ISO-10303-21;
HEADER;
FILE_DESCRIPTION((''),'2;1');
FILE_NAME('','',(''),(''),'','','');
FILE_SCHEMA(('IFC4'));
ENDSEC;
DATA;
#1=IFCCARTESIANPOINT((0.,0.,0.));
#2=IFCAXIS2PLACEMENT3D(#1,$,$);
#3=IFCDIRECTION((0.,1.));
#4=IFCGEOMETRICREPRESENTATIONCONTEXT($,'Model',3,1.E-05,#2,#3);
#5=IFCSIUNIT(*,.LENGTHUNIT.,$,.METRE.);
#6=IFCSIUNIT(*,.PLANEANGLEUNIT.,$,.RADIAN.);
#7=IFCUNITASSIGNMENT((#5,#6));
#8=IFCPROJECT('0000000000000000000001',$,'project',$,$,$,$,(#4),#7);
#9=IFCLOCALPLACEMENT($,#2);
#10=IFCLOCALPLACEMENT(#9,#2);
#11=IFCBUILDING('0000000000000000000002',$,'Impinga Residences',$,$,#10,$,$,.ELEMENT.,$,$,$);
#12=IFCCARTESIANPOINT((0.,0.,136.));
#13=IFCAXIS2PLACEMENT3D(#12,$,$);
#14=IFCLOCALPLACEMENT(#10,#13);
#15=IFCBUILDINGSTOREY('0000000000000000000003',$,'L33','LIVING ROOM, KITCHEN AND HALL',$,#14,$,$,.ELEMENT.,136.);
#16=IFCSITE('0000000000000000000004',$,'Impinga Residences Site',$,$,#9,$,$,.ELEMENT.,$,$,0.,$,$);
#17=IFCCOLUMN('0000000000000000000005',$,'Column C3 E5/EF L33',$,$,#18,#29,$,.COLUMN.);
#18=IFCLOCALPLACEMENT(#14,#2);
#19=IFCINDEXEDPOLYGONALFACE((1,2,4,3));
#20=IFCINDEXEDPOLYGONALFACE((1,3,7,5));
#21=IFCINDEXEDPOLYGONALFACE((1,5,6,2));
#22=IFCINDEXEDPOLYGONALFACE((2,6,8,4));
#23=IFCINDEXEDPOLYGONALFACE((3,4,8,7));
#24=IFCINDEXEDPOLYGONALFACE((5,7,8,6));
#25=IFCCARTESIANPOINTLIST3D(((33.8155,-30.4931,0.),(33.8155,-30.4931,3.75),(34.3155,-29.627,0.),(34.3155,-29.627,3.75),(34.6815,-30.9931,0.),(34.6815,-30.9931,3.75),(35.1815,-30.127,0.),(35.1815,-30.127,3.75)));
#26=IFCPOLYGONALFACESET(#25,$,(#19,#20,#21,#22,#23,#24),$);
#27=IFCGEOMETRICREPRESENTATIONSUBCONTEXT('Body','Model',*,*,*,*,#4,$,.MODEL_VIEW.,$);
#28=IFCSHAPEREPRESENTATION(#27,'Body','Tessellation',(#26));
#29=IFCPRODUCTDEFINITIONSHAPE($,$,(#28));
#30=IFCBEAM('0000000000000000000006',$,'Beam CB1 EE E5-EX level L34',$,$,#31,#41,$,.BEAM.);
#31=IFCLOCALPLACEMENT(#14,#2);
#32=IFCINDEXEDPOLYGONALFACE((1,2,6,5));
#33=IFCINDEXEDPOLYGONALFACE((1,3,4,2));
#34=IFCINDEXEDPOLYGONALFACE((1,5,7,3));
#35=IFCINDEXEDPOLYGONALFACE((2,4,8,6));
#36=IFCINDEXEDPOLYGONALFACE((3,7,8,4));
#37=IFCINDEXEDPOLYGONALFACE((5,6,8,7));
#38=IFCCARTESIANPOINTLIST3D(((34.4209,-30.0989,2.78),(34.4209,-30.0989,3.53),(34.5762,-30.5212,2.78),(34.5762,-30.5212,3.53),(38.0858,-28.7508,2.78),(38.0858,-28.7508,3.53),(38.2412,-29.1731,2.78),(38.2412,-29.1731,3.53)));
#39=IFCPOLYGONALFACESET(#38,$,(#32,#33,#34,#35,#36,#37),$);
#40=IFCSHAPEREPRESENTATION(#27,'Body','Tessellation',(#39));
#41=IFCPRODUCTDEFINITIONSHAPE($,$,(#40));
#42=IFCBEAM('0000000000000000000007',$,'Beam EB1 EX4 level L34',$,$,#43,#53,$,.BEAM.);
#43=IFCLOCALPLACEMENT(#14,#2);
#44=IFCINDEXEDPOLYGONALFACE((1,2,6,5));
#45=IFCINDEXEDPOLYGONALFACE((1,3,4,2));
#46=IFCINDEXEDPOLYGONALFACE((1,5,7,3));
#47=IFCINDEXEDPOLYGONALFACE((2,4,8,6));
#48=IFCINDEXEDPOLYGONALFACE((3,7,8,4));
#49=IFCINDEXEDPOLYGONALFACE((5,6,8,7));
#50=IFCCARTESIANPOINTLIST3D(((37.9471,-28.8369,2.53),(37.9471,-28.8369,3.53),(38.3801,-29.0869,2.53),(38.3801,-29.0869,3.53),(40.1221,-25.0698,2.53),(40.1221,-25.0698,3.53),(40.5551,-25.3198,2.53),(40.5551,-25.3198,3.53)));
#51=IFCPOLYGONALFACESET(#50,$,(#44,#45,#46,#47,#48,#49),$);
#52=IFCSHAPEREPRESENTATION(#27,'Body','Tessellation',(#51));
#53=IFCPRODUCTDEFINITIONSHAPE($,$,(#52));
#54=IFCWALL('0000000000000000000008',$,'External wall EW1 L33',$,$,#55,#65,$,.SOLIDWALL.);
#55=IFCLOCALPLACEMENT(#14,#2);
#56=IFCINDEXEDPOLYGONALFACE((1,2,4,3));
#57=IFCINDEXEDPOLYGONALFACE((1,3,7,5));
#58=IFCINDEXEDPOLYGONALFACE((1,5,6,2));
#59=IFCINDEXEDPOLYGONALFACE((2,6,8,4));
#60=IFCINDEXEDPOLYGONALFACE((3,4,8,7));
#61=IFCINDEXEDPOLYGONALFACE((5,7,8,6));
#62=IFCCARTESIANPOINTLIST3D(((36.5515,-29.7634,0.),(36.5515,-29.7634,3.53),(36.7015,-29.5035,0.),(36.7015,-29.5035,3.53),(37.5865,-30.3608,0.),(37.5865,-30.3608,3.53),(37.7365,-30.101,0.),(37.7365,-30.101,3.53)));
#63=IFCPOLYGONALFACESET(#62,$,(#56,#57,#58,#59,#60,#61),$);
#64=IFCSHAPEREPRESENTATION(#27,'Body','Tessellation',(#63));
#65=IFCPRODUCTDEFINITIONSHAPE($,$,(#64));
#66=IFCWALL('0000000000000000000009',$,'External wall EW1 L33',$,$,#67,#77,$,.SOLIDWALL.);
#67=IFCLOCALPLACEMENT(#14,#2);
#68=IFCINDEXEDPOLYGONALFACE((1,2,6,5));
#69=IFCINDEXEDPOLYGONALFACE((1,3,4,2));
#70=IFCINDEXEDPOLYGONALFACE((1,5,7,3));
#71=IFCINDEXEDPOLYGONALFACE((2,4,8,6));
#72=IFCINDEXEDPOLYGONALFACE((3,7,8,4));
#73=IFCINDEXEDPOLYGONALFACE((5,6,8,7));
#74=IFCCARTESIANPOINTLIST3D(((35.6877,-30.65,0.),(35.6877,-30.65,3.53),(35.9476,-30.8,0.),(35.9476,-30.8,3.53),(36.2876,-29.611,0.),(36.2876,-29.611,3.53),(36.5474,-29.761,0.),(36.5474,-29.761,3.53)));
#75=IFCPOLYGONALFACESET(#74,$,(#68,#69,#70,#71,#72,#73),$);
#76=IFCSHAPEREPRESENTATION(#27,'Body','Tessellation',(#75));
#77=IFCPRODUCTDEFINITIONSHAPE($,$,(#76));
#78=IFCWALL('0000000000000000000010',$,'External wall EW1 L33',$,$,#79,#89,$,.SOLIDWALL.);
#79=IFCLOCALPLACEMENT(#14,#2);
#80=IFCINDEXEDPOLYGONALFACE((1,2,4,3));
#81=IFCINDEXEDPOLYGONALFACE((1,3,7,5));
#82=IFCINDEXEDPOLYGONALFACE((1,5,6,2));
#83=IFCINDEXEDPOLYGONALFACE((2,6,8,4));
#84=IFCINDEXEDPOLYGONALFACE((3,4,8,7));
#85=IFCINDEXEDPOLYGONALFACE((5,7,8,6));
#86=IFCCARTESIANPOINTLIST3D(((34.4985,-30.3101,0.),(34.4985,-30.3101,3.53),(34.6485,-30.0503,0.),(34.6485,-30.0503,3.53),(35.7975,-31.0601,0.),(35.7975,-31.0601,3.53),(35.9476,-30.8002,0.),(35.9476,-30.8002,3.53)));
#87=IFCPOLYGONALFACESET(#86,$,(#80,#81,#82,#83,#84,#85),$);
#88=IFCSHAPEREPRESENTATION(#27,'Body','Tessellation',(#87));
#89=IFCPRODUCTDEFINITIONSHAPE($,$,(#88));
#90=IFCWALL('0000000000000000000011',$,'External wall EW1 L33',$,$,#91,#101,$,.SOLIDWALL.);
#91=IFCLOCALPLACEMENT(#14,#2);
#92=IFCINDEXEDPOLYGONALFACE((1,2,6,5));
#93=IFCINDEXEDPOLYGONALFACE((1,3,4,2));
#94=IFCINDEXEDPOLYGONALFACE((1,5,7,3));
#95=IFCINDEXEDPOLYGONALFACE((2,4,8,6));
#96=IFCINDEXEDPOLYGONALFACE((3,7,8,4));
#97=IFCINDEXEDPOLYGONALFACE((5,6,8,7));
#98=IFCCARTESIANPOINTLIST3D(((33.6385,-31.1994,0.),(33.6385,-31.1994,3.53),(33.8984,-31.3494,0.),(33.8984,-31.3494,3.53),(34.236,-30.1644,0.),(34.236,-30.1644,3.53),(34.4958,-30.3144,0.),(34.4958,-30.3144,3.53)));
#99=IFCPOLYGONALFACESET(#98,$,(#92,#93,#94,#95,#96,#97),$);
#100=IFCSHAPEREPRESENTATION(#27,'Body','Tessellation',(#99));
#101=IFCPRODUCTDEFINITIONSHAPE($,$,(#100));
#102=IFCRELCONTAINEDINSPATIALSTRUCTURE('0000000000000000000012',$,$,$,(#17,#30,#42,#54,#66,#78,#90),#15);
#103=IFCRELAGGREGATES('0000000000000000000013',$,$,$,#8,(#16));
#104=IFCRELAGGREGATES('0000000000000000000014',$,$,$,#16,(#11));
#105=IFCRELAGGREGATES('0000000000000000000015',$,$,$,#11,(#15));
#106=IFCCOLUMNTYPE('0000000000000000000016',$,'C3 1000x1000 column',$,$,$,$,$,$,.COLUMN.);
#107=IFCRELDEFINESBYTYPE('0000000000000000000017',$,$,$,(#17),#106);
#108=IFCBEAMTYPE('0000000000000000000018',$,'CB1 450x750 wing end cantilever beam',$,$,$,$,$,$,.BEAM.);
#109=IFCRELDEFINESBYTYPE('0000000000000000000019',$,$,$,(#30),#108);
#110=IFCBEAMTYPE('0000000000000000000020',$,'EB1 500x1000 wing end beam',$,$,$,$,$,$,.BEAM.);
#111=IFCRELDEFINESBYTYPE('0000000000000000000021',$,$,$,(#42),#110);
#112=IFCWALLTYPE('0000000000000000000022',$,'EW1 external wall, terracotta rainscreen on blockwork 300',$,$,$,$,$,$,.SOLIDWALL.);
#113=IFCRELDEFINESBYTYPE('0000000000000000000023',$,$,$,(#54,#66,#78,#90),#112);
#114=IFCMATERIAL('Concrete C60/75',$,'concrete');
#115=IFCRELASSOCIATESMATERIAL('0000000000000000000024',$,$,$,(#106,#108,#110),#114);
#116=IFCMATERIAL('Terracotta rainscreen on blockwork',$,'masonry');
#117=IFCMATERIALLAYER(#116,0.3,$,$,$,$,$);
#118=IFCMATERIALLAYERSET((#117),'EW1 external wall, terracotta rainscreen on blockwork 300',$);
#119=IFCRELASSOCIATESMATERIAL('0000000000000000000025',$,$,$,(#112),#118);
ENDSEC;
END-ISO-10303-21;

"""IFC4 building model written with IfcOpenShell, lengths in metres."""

from ifc_helpers import new_model, si_unit, direction, frame, frame_2d, origin, origin_2d, place, context, subcontext, project, spatial, rectangle, extrude, material, layer, layer_set, material_profile, profile_set, type_object, element, save


model = new_model("IFC4")

# Units and contexts
model_context = context("Model", 3, precision=1e-05, world=origin(), true_north=direction((0.0, 1.0)))
body_context = subcontext(model_context, "Body", "Model", "MODEL_VIEW")
ifc_project = project(units=[si_unit("LENGTHUNIT", "METRE"), si_unit("PLANEANGLEUNIT", "RADIAN")], contexts=[model_context])

# Site, building, storey
site_placement = place(None, origin())
site = spatial("IfcSite", under=ifc_project, at=site_placement, Name="Impinga Residences Site", CompositionType="ELEMENT", RefElevation=0.0)
building_placement = place(site_placement, origin())
building = spatial("IfcBuilding", under=site, at=building_placement, Name="Impinga Residences", CompositionType="ELEMENT")
storey_placement = place(building_placement, frame((0.0, 0.0, 136.0)))
storey = spatial("IfcBuildingStorey", under=building, at=storey_placement, Name="L33", Description="LIVING ROOM, KITCHEN AND HALL", CompositionType="ELEMENT", Elevation=136.0)

# Column
ifc_material_1 = material(Name="Concrete C60/75", Category="concrete")
ifc_material_profile_1 = material_profile(ifc_material_1, rectangle(XDim=1.0, YDim=1.0, at=origin_2d()), Name="RC 1000x1000")
ifc_profile_set_1 = profile_set([ifc_material_profile_1], Name="Concrete C60/75")
column_type = type_object("IfcColumnType", Name="C3 1000x1000 column", PredefinedType="COLUMN", material=ifc_profile_set_1)
column_placement = place(storey_placement, frame((34.4985, -30.3101, 0.0), z_axis=(0.0, 0.0, 1.0), x_axis=(-0.5, -0.866025, 0.0)))
element("IfcColumn", 1, at=column_placement, inside=storey, type_object=column_type, Name="Column C3 E5/EF L33", PredefinedType="COLUMN", context=body_context, shape_type="SweptSolid", body=[
    extrude(rectangle(XDim=1.0, YDim=1.0, at=origin_2d()), origin(), (0.0, 0.0, 1.0), 3.75),
])

# Beams
ifc_material_profile_2 = material_profile(ifc_material_1, rectangle(XDim=0.45, YDim=0.75, at=origin_2d()), Name="RC 450x750")
ifc_profile_set_2 = profile_set([ifc_material_profile_2], Name="Concrete C60/75")
beam_type_1 = type_object("IfcBeamType", Name="CB1 450x750 wing end cantilever beam", PredefinedType="BEAM", material=ifc_profile_set_2)
beam_1_placement = place(storey_placement, frame((34.4985, -30.3101, 3.155), z_axis=(0.93852, 0.345224, 0.0), x_axis=(-0.345224, 0.93852, 0.0)))
element("IfcBeam", 2, at=beam_1_placement, inside=storey, type_object=beam_type_1, Name="Beam CB1 EE E5-EX level L34", PredefinedType="BEAM", context=body_context, shape_type="SweptSolid", body=[
    extrude(rectangle(XDim=0.45, YDim=0.75, at=origin_2d()), origin(), (0.0, 0.0, 1.0), 3.905),
])
ifc_material_profile_3 = material_profile(ifc_material_1, rectangle(XDim=0.5, YDim=1.0, at=origin_2d()), Name="RC 500x1000")
ifc_profile_set_3 = profile_set([ifc_material_profile_3], Name="Concrete C60/75")
beam_type_2 = type_object("IfcBeamType", Name="EB1 500x1000 wing end beam", PredefinedType="BEAM", material=ifc_profile_set_3)
beam_2_placement = place(storey_placement, frame((40.3386, -25.1948, 3.03), z_axis=(-0.50002, -0.866014, 0.0), x_axis=(0.866014, -0.50002, 0.0)))
element("IfcBeam", 3, at=beam_2_placement, inside=storey, type_object=beam_type_2, Name="Beam EB1 EX4 level L34", PredefinedType="BEAM", context=body_context, shape_type="SweptSolid", body=[
    extrude(rectangle(XDim=0.5, YDim=1.0, at=origin_2d()), origin(), (0.0, 0.0, 1.0), 4.3499),
])

# Walls
ifc_material_2 = material(Name="Terracotta rainscreen on blockwork", Category="masonry")
ifc_layer_1 = layer(ifc_material_2, 0.3)
ifc_layer_set_1 = layer_set([ifc_layer_1], Name="EW1 external wall, terracotta rainscreen on blockwork 300")
wall_type_1 = type_object("IfcWallType", Name="EW1 external wall, terracotta rainscreen on blockwork 300", PredefinedType="SOLIDWALL", material=ifc_layer_set_1)
wall_1_placement = place(storey_placement, frame((37.6616, -30.231, 0.0), z_axis=(0.0, 0.0, 1.0), x_axis=(-0.86606, 0.499941, 0.0)))
element("IfcWall", 4, at=wall_1_placement, inside=storey, type_object=wall_type_1, Name="External wall EW1 L33", PredefinedType="SOLIDWALL", context=body_context, shape_type="SweptSolid", body=[
    extrude(rectangle(XDim=1.1951, YDim=0.3, at=frame_2d((0.5977, 0.0))), origin(), (0.0, 0.0, 1.0), 3.53),
])
wall_2_placement = place(storey_placement, frame((36.4175, -29.686, 0.0), z_axis=(0.0, 0.0, 1.0), x_axis=(-0.499969, -0.866043, 0.0)))
element("IfcWall", 5, at=wall_2_placement, inside=storey, type_object=wall_type_1, Name="External wall EW1 L33", PredefinedType="SOLIDWALL", context=body_context, shape_type="SweptSolid", body=[
    extrude(rectangle(XDim=1.1997, YDim=0.3, at=frame_2d((0.5999, 0.0))), origin(), (0.0, 0.0, 1.0), 3.53),
])
wall_3_placement = place(storey_placement, frame((35.8726, -30.9302, 0.0), z_axis=(0.0, 0.0, 1.0), x_axis=(-0.866031, 0.49999, 0.0)))
element("IfcWall", 6, at=wall_3_placement, inside=storey, type_object=wall_type_1, Name="External wall EW1 L33", PredefinedType="SOLIDWALL", context=body_context, shape_type="SweptSolid", body=[
    extrude(rectangle(XDim=1.5, YDim=0.3, at=frame_2d((0.75, 0.0))), origin(), (0.0, 0.0, 1.0), 3.53),
])
wall_4_placement = place(storey_placement, frame((34.366, -30.2393, 0.0), z_axis=(0.0, 0.0, 1.0), x_axis=(-0.499941, -0.86606, 0.0)))
element("IfcWall", 7, at=wall_4_placement, inside=storey, type_object=wall_type_1, Name="External wall EW1 L33", PredefinedType="SOLIDWALL", context=body_context, shape_type="SweptSolid", body=[
    extrude(rectangle(XDim=1.1951, YDim=0.3, at=frame_2d((0.5977, 0.0))), origin(), (0.0, 0.0, 1.0), 3.53),
])

save(model, "model.ifc")
